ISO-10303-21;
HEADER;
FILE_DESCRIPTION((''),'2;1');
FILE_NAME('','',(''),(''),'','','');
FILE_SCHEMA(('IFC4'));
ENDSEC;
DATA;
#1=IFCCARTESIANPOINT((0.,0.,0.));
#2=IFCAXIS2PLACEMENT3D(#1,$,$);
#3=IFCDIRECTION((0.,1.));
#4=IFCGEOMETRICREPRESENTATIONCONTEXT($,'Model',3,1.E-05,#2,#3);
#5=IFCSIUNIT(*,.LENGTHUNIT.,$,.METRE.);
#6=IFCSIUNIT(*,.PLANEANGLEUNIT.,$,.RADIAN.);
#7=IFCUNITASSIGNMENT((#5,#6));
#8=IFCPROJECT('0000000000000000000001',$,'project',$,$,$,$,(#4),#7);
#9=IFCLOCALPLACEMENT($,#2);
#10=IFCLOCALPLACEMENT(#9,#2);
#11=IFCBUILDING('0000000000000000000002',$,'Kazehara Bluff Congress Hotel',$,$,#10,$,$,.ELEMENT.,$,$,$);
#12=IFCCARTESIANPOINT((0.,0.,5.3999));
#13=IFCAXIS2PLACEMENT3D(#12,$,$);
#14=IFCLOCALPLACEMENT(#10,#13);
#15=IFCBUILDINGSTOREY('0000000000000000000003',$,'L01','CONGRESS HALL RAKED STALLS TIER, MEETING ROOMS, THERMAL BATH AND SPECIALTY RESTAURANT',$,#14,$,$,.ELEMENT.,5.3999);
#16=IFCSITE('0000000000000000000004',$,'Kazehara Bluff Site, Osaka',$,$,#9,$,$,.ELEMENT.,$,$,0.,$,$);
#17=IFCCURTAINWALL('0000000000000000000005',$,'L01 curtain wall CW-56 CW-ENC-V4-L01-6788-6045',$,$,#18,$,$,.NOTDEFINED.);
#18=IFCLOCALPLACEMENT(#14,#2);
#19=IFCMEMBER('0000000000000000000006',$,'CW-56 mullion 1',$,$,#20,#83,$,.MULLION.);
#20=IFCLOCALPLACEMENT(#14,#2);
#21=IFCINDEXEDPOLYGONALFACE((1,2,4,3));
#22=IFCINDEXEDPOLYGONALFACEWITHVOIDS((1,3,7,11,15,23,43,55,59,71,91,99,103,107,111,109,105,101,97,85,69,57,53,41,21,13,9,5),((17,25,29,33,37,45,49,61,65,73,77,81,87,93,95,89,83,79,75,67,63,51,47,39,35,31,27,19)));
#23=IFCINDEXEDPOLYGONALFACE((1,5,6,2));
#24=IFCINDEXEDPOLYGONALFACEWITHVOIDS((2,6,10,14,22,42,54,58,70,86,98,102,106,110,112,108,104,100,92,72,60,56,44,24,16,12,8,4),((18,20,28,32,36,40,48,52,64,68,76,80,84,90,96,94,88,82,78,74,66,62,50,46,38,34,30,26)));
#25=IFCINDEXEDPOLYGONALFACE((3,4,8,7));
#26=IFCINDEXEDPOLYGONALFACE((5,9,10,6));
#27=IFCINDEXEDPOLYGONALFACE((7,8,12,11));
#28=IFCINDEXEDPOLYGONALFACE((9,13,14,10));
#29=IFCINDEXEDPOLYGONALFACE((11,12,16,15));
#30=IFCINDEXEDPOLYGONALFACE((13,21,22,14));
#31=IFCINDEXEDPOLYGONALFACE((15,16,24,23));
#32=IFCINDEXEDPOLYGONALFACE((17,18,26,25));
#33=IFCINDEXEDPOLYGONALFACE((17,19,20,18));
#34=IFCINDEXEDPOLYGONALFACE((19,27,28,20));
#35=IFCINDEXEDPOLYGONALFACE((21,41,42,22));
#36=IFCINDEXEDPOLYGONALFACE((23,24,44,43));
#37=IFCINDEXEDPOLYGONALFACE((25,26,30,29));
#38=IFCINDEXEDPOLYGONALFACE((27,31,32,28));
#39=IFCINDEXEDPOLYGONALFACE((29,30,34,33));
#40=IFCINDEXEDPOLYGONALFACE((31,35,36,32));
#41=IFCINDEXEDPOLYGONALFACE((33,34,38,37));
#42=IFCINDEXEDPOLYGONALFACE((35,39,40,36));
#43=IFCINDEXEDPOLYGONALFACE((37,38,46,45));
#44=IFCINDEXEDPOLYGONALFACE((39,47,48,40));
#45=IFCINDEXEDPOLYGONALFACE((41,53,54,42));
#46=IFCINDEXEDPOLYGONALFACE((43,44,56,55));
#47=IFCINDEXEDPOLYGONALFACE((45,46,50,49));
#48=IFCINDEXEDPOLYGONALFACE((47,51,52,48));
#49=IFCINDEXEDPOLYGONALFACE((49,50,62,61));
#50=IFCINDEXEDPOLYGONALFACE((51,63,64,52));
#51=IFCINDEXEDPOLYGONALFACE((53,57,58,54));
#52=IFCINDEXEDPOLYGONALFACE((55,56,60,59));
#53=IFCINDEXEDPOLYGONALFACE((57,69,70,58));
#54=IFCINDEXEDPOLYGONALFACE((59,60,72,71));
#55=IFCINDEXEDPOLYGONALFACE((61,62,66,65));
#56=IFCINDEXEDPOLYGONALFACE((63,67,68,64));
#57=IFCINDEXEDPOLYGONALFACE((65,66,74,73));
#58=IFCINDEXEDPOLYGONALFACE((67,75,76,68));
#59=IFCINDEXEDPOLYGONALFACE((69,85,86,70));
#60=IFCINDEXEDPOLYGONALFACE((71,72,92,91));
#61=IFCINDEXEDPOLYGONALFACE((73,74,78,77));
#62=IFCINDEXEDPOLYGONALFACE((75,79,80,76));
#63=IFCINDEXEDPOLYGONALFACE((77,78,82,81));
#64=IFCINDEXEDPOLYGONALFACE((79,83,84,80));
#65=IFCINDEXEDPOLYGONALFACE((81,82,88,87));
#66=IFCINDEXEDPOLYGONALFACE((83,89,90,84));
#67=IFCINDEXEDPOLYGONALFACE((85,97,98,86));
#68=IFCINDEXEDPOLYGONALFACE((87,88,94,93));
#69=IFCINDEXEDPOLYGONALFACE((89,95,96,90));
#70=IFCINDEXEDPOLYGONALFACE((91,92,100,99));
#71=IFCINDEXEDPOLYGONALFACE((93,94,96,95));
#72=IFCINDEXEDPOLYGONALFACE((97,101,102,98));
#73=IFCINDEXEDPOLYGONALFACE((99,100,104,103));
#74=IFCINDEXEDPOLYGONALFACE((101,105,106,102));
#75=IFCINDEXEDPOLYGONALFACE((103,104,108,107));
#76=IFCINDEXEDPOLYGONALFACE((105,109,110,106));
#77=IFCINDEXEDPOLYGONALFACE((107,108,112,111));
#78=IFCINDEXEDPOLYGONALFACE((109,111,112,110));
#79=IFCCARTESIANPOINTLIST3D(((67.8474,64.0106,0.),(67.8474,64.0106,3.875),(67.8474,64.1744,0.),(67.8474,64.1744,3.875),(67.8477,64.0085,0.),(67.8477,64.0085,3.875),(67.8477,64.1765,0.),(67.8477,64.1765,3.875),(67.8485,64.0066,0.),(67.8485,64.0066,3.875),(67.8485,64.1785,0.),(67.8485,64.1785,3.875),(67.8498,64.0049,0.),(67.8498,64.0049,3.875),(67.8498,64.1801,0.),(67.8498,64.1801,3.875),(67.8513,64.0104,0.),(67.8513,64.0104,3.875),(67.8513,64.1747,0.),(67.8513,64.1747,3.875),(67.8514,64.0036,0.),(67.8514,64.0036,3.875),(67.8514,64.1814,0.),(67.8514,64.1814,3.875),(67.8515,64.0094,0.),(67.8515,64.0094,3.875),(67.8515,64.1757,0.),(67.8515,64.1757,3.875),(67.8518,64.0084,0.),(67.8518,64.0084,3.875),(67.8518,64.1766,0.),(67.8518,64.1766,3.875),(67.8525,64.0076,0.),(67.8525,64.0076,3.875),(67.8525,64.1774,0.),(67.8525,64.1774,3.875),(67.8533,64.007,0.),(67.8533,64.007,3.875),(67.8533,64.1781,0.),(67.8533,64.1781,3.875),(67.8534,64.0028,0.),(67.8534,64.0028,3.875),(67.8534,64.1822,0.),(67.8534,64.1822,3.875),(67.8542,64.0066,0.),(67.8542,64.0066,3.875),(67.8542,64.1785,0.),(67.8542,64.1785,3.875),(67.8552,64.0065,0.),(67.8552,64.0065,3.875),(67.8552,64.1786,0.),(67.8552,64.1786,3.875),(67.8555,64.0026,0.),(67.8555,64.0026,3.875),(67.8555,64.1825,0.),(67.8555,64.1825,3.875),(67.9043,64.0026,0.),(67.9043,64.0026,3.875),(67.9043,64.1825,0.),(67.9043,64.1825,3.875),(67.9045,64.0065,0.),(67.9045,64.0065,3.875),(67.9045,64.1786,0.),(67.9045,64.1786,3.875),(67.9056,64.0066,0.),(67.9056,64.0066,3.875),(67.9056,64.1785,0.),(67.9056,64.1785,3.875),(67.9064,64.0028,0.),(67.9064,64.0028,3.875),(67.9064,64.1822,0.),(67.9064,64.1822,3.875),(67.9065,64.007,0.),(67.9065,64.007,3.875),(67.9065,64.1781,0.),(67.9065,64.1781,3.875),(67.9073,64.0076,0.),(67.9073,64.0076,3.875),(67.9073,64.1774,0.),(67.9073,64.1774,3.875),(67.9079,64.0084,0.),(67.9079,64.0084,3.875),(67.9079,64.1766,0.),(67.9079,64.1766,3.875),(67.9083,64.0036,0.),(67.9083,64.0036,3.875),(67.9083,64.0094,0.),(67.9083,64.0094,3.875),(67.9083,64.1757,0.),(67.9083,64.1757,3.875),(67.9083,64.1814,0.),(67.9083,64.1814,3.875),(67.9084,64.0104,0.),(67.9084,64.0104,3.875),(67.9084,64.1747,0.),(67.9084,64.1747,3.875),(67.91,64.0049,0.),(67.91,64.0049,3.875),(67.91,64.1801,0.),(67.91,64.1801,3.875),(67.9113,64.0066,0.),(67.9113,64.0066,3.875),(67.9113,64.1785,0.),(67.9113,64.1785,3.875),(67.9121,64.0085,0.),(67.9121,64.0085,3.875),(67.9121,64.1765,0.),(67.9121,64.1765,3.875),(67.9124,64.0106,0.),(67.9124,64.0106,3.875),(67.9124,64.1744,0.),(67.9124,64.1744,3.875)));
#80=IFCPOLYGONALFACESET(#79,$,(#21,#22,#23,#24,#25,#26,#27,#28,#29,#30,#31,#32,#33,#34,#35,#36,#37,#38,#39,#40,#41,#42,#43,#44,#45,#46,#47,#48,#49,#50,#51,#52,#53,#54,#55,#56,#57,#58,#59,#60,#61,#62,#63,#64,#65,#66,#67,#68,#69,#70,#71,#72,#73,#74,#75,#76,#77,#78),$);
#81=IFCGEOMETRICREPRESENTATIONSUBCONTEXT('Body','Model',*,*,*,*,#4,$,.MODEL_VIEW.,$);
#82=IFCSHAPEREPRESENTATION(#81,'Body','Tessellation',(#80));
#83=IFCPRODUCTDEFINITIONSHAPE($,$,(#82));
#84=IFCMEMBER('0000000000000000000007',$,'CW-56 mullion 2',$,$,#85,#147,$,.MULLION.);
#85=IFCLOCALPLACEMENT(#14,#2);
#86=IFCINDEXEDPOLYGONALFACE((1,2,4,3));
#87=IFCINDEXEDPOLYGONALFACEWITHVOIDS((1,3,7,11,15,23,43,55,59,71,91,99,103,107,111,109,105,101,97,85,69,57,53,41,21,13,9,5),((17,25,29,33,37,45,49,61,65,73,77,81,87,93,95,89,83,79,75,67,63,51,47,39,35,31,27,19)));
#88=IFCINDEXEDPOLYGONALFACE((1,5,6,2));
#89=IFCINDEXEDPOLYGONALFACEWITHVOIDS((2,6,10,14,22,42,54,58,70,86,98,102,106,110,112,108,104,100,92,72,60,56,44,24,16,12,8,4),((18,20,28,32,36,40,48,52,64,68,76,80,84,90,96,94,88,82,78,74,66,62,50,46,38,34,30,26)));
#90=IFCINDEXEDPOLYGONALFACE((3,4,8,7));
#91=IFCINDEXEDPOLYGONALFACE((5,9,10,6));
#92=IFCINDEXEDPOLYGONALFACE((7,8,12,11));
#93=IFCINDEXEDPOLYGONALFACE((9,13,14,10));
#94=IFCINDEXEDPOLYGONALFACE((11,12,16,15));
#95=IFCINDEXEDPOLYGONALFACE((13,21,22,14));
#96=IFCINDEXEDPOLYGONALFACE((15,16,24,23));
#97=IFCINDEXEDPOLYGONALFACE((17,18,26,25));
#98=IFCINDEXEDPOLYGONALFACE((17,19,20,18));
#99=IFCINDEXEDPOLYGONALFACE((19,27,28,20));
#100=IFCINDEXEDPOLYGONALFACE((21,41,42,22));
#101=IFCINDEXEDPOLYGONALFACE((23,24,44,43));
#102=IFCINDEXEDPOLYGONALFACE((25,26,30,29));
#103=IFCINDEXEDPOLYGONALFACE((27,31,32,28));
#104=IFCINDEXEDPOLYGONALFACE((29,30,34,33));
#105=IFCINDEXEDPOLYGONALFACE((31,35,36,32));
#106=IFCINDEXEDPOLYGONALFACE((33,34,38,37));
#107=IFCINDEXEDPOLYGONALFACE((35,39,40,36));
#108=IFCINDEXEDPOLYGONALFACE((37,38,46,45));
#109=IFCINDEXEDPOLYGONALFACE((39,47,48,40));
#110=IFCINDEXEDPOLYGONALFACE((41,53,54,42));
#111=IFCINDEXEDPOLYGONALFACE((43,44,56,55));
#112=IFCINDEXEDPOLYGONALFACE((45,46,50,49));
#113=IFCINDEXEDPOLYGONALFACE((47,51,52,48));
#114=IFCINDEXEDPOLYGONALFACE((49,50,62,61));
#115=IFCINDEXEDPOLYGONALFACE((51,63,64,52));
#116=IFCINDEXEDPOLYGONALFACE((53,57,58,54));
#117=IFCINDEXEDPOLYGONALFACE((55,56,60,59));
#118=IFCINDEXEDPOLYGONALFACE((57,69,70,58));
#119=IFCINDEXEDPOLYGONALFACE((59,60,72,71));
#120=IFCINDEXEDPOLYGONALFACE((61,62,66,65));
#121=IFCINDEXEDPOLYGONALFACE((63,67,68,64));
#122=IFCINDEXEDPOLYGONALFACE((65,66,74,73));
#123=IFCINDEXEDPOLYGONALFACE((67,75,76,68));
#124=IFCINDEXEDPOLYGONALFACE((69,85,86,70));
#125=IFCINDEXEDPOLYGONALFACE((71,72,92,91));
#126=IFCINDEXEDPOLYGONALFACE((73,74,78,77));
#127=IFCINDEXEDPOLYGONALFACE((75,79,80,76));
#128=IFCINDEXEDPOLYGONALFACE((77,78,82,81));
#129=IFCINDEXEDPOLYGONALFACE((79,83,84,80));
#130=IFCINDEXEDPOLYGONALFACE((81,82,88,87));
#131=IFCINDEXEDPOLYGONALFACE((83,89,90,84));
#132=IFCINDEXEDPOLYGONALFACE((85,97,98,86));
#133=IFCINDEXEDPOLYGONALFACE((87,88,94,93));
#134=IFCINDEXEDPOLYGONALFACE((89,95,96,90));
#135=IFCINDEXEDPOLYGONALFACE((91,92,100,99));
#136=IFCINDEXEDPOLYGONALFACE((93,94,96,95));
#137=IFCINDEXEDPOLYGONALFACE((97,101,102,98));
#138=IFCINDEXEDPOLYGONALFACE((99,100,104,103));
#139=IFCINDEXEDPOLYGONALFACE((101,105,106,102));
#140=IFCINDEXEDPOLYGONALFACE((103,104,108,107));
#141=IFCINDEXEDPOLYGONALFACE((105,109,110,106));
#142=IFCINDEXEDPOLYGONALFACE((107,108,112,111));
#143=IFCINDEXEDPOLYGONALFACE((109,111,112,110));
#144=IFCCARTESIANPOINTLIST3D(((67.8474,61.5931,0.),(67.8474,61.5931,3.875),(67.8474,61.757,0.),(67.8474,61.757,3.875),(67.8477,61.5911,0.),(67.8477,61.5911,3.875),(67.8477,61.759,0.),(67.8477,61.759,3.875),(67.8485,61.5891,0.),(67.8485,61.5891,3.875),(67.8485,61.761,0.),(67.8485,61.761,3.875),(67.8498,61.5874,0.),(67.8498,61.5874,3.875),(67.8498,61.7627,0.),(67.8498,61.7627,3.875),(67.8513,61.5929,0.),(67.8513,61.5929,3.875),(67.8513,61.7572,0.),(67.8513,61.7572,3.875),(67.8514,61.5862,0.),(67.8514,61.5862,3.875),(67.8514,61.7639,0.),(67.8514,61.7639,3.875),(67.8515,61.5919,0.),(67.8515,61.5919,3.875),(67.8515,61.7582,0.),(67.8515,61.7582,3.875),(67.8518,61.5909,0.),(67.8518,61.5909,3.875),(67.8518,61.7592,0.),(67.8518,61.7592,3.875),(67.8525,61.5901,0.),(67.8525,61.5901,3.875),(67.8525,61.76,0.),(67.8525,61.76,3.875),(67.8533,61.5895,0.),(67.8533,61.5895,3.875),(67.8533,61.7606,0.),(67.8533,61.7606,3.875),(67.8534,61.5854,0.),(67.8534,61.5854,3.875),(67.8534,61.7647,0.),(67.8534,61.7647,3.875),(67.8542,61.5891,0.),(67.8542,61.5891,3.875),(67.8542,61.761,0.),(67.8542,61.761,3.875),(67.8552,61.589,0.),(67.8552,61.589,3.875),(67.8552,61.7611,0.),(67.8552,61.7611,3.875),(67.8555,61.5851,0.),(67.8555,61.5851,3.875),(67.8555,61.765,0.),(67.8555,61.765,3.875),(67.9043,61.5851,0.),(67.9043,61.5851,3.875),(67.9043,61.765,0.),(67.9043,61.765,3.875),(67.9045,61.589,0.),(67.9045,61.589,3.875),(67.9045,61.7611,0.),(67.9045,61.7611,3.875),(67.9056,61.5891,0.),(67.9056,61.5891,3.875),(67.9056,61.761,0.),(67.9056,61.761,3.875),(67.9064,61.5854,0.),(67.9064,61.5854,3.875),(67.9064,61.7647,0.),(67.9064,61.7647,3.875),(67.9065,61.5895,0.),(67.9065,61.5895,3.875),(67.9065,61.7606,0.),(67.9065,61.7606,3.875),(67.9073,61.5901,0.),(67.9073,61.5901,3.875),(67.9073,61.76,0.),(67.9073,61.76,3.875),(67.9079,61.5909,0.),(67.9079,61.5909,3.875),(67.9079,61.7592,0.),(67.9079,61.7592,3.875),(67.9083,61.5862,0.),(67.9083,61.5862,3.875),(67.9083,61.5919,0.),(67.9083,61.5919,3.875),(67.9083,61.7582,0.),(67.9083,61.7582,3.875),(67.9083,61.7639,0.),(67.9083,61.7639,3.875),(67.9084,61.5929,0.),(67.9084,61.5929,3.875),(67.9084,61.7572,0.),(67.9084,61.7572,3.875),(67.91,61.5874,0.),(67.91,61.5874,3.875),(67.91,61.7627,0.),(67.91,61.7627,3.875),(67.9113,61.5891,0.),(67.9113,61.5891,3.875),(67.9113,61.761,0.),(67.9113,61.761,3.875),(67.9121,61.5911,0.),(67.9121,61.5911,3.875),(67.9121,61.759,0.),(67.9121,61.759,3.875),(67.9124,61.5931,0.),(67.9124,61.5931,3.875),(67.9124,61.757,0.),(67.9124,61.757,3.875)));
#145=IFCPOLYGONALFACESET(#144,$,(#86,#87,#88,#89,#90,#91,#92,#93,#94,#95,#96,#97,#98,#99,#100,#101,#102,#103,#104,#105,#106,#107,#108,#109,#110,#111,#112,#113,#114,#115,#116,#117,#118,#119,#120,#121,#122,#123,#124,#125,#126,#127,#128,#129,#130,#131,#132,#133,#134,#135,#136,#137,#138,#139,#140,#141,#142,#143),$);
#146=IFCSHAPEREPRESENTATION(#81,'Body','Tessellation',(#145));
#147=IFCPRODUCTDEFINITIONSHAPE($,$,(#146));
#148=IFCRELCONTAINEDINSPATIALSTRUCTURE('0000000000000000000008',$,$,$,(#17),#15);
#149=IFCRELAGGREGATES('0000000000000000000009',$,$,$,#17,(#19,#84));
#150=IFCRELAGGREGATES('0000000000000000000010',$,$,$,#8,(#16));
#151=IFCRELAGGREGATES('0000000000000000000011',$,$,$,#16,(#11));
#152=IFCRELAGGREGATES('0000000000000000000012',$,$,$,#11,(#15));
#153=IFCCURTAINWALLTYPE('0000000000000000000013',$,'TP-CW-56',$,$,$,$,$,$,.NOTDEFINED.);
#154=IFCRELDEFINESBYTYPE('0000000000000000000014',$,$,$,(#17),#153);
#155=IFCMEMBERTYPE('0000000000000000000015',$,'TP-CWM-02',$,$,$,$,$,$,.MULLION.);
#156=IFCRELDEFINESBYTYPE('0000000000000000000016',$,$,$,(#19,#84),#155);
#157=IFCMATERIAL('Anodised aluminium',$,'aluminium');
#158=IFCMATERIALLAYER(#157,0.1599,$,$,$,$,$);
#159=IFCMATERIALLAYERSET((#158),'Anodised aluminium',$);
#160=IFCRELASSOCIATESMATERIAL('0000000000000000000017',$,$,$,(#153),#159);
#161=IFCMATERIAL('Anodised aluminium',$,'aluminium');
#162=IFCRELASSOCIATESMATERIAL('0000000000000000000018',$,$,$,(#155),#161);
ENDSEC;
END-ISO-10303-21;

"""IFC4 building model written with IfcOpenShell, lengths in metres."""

from ifc_helpers import new_model, si_unit, direction, frame, origin, origin_2d, place, context, subcontext, project, spatial, hollow_rectangle, extrude, material, layer, layer_set, material_profile, profile_set, type_object, element, aggregate, save


model = new_model("IFC4")

# Units and contexts
model_context = context("Model", 3, precision=1e-05, world=origin(), true_north=direction((0.0, 1.0)))
body_context = subcontext(model_context, "Body", "Model", "MODEL_VIEW")
ifc_project = project(units=[si_unit("LENGTHUNIT", "METRE"), si_unit("PLANEANGLEUNIT", "RADIAN")], contexts=[model_context])

# Site, building, storey
site_placement = place(None, origin())
site = spatial("IfcSite", under=ifc_project, at=site_placement, Name="Kazehara Bluff Site, Osaka", CompositionType="ELEMENT", RefElevation=0.0)
building_placement = place(site_placement, origin())
building = spatial("IfcBuilding", under=site, at=building_placement, Name="Kazehara Bluff Congress Hotel", CompositionType="ELEMENT")
storey_placement = place(building_placement, frame((0.0, 0.0, 5.3999)))
storey = spatial("IfcBuildingStorey", under=building, at=storey_placement, Name="L01", Description="CONGRESS HALL RAKED STALLS TIER, MEETING ROOMS, THERMAL BATH AND SPECIALTY RESTAURANT", CompositionType="ELEMENT", Elevation=5.3999)

# Curtain wall, members
ifc_material_1 = material(Name="Anodised aluminium", Category="aluminium")
ifc_layer_1 = layer(ifc_material_1, 0.1599)
ifc_layer_set_1 = layer_set([ifc_layer_1], Name="Anodised aluminium")
curtain_wall_type_1 = type_object("IfcCurtainWallType", Name="TP-CW-56", PredefinedType="NOTDEFINED", material=ifc_layer_set_1)
curtain_wall_1_placement = place(storey_placement, origin())
curtain_wall_1 = element("IfcCurtainWall", 1, at=curtain_wall_1_placement, inside=storey, type_object=curtain_wall_type_1, Name="L01 curtain wall CW-56 CW-ENC-V4-L01-6788-6045", PredefinedType="NOTDEFINED")
ifc_material_2 = material(Name="Anodised aluminium", Category="aluminium")
ifc_material_profile_1 = material_profile(ifc_material_2, hollow_rectangle(XDim=0.0649, YDim=0.1799, WallThickness=0.0039, InnerFilletRadius=0.0039, OuterFilletRadius=0.0081, at=origin_2d()))
ifc_profile_set_1 = profile_set([ifc_material_profile_1], Name="Anodised aluminium")
member_type_1 = type_object("IfcMemberType", Name="TP-CWM-02", PredefinedType="MULLION", material=ifc_profile_set_1)
member_1_placement = place(storey_placement, frame((67.8799, 64.0925, 0.0), z_axis=(0.0, 0.0, 1.0), x_axis=(1.0, 0.0, 0.0)))
member_1 = element("IfcMember", 2, at=member_1_placement, type_object=member_type_1, Name="CW-56 mullion 1", PredefinedType="MULLION", context=body_context, shape_type="SweptSolid", body=[
    extrude(hollow_rectangle(XDim=0.0649, YDim=0.1799, WallThickness=0.0039, InnerFilletRadius=0.0039, OuterFilletRadius=0.0081, at=origin_2d()), origin(), (0.0, 0.0, 1.0), 3.875),
])
member_2_placement = place(storey_placement, frame((67.8799, 61.675, 0.0), z_axis=(0.0, 0.0, 1.0), x_axis=(1.0, 0.0, 0.0)))
member_2 = element("IfcMember", 3, at=member_2_placement, type_object=member_type_1, Name="CW-56 mullion 2", PredefinedType="MULLION", context=body_context, shape_type="SweptSolid", body=[
    extrude(hollow_rectangle(XDim=0.0649, YDim=0.1799, WallThickness=0.0039, InnerFilletRadius=0.0039, OuterFilletRadius=0.0081, at=origin_2d()), origin(), (0.0, 0.0, 1.0), 3.875),
])

aggregate(curtain_wall_1, [member_1, member_2])

save(model, "model.ifc")
